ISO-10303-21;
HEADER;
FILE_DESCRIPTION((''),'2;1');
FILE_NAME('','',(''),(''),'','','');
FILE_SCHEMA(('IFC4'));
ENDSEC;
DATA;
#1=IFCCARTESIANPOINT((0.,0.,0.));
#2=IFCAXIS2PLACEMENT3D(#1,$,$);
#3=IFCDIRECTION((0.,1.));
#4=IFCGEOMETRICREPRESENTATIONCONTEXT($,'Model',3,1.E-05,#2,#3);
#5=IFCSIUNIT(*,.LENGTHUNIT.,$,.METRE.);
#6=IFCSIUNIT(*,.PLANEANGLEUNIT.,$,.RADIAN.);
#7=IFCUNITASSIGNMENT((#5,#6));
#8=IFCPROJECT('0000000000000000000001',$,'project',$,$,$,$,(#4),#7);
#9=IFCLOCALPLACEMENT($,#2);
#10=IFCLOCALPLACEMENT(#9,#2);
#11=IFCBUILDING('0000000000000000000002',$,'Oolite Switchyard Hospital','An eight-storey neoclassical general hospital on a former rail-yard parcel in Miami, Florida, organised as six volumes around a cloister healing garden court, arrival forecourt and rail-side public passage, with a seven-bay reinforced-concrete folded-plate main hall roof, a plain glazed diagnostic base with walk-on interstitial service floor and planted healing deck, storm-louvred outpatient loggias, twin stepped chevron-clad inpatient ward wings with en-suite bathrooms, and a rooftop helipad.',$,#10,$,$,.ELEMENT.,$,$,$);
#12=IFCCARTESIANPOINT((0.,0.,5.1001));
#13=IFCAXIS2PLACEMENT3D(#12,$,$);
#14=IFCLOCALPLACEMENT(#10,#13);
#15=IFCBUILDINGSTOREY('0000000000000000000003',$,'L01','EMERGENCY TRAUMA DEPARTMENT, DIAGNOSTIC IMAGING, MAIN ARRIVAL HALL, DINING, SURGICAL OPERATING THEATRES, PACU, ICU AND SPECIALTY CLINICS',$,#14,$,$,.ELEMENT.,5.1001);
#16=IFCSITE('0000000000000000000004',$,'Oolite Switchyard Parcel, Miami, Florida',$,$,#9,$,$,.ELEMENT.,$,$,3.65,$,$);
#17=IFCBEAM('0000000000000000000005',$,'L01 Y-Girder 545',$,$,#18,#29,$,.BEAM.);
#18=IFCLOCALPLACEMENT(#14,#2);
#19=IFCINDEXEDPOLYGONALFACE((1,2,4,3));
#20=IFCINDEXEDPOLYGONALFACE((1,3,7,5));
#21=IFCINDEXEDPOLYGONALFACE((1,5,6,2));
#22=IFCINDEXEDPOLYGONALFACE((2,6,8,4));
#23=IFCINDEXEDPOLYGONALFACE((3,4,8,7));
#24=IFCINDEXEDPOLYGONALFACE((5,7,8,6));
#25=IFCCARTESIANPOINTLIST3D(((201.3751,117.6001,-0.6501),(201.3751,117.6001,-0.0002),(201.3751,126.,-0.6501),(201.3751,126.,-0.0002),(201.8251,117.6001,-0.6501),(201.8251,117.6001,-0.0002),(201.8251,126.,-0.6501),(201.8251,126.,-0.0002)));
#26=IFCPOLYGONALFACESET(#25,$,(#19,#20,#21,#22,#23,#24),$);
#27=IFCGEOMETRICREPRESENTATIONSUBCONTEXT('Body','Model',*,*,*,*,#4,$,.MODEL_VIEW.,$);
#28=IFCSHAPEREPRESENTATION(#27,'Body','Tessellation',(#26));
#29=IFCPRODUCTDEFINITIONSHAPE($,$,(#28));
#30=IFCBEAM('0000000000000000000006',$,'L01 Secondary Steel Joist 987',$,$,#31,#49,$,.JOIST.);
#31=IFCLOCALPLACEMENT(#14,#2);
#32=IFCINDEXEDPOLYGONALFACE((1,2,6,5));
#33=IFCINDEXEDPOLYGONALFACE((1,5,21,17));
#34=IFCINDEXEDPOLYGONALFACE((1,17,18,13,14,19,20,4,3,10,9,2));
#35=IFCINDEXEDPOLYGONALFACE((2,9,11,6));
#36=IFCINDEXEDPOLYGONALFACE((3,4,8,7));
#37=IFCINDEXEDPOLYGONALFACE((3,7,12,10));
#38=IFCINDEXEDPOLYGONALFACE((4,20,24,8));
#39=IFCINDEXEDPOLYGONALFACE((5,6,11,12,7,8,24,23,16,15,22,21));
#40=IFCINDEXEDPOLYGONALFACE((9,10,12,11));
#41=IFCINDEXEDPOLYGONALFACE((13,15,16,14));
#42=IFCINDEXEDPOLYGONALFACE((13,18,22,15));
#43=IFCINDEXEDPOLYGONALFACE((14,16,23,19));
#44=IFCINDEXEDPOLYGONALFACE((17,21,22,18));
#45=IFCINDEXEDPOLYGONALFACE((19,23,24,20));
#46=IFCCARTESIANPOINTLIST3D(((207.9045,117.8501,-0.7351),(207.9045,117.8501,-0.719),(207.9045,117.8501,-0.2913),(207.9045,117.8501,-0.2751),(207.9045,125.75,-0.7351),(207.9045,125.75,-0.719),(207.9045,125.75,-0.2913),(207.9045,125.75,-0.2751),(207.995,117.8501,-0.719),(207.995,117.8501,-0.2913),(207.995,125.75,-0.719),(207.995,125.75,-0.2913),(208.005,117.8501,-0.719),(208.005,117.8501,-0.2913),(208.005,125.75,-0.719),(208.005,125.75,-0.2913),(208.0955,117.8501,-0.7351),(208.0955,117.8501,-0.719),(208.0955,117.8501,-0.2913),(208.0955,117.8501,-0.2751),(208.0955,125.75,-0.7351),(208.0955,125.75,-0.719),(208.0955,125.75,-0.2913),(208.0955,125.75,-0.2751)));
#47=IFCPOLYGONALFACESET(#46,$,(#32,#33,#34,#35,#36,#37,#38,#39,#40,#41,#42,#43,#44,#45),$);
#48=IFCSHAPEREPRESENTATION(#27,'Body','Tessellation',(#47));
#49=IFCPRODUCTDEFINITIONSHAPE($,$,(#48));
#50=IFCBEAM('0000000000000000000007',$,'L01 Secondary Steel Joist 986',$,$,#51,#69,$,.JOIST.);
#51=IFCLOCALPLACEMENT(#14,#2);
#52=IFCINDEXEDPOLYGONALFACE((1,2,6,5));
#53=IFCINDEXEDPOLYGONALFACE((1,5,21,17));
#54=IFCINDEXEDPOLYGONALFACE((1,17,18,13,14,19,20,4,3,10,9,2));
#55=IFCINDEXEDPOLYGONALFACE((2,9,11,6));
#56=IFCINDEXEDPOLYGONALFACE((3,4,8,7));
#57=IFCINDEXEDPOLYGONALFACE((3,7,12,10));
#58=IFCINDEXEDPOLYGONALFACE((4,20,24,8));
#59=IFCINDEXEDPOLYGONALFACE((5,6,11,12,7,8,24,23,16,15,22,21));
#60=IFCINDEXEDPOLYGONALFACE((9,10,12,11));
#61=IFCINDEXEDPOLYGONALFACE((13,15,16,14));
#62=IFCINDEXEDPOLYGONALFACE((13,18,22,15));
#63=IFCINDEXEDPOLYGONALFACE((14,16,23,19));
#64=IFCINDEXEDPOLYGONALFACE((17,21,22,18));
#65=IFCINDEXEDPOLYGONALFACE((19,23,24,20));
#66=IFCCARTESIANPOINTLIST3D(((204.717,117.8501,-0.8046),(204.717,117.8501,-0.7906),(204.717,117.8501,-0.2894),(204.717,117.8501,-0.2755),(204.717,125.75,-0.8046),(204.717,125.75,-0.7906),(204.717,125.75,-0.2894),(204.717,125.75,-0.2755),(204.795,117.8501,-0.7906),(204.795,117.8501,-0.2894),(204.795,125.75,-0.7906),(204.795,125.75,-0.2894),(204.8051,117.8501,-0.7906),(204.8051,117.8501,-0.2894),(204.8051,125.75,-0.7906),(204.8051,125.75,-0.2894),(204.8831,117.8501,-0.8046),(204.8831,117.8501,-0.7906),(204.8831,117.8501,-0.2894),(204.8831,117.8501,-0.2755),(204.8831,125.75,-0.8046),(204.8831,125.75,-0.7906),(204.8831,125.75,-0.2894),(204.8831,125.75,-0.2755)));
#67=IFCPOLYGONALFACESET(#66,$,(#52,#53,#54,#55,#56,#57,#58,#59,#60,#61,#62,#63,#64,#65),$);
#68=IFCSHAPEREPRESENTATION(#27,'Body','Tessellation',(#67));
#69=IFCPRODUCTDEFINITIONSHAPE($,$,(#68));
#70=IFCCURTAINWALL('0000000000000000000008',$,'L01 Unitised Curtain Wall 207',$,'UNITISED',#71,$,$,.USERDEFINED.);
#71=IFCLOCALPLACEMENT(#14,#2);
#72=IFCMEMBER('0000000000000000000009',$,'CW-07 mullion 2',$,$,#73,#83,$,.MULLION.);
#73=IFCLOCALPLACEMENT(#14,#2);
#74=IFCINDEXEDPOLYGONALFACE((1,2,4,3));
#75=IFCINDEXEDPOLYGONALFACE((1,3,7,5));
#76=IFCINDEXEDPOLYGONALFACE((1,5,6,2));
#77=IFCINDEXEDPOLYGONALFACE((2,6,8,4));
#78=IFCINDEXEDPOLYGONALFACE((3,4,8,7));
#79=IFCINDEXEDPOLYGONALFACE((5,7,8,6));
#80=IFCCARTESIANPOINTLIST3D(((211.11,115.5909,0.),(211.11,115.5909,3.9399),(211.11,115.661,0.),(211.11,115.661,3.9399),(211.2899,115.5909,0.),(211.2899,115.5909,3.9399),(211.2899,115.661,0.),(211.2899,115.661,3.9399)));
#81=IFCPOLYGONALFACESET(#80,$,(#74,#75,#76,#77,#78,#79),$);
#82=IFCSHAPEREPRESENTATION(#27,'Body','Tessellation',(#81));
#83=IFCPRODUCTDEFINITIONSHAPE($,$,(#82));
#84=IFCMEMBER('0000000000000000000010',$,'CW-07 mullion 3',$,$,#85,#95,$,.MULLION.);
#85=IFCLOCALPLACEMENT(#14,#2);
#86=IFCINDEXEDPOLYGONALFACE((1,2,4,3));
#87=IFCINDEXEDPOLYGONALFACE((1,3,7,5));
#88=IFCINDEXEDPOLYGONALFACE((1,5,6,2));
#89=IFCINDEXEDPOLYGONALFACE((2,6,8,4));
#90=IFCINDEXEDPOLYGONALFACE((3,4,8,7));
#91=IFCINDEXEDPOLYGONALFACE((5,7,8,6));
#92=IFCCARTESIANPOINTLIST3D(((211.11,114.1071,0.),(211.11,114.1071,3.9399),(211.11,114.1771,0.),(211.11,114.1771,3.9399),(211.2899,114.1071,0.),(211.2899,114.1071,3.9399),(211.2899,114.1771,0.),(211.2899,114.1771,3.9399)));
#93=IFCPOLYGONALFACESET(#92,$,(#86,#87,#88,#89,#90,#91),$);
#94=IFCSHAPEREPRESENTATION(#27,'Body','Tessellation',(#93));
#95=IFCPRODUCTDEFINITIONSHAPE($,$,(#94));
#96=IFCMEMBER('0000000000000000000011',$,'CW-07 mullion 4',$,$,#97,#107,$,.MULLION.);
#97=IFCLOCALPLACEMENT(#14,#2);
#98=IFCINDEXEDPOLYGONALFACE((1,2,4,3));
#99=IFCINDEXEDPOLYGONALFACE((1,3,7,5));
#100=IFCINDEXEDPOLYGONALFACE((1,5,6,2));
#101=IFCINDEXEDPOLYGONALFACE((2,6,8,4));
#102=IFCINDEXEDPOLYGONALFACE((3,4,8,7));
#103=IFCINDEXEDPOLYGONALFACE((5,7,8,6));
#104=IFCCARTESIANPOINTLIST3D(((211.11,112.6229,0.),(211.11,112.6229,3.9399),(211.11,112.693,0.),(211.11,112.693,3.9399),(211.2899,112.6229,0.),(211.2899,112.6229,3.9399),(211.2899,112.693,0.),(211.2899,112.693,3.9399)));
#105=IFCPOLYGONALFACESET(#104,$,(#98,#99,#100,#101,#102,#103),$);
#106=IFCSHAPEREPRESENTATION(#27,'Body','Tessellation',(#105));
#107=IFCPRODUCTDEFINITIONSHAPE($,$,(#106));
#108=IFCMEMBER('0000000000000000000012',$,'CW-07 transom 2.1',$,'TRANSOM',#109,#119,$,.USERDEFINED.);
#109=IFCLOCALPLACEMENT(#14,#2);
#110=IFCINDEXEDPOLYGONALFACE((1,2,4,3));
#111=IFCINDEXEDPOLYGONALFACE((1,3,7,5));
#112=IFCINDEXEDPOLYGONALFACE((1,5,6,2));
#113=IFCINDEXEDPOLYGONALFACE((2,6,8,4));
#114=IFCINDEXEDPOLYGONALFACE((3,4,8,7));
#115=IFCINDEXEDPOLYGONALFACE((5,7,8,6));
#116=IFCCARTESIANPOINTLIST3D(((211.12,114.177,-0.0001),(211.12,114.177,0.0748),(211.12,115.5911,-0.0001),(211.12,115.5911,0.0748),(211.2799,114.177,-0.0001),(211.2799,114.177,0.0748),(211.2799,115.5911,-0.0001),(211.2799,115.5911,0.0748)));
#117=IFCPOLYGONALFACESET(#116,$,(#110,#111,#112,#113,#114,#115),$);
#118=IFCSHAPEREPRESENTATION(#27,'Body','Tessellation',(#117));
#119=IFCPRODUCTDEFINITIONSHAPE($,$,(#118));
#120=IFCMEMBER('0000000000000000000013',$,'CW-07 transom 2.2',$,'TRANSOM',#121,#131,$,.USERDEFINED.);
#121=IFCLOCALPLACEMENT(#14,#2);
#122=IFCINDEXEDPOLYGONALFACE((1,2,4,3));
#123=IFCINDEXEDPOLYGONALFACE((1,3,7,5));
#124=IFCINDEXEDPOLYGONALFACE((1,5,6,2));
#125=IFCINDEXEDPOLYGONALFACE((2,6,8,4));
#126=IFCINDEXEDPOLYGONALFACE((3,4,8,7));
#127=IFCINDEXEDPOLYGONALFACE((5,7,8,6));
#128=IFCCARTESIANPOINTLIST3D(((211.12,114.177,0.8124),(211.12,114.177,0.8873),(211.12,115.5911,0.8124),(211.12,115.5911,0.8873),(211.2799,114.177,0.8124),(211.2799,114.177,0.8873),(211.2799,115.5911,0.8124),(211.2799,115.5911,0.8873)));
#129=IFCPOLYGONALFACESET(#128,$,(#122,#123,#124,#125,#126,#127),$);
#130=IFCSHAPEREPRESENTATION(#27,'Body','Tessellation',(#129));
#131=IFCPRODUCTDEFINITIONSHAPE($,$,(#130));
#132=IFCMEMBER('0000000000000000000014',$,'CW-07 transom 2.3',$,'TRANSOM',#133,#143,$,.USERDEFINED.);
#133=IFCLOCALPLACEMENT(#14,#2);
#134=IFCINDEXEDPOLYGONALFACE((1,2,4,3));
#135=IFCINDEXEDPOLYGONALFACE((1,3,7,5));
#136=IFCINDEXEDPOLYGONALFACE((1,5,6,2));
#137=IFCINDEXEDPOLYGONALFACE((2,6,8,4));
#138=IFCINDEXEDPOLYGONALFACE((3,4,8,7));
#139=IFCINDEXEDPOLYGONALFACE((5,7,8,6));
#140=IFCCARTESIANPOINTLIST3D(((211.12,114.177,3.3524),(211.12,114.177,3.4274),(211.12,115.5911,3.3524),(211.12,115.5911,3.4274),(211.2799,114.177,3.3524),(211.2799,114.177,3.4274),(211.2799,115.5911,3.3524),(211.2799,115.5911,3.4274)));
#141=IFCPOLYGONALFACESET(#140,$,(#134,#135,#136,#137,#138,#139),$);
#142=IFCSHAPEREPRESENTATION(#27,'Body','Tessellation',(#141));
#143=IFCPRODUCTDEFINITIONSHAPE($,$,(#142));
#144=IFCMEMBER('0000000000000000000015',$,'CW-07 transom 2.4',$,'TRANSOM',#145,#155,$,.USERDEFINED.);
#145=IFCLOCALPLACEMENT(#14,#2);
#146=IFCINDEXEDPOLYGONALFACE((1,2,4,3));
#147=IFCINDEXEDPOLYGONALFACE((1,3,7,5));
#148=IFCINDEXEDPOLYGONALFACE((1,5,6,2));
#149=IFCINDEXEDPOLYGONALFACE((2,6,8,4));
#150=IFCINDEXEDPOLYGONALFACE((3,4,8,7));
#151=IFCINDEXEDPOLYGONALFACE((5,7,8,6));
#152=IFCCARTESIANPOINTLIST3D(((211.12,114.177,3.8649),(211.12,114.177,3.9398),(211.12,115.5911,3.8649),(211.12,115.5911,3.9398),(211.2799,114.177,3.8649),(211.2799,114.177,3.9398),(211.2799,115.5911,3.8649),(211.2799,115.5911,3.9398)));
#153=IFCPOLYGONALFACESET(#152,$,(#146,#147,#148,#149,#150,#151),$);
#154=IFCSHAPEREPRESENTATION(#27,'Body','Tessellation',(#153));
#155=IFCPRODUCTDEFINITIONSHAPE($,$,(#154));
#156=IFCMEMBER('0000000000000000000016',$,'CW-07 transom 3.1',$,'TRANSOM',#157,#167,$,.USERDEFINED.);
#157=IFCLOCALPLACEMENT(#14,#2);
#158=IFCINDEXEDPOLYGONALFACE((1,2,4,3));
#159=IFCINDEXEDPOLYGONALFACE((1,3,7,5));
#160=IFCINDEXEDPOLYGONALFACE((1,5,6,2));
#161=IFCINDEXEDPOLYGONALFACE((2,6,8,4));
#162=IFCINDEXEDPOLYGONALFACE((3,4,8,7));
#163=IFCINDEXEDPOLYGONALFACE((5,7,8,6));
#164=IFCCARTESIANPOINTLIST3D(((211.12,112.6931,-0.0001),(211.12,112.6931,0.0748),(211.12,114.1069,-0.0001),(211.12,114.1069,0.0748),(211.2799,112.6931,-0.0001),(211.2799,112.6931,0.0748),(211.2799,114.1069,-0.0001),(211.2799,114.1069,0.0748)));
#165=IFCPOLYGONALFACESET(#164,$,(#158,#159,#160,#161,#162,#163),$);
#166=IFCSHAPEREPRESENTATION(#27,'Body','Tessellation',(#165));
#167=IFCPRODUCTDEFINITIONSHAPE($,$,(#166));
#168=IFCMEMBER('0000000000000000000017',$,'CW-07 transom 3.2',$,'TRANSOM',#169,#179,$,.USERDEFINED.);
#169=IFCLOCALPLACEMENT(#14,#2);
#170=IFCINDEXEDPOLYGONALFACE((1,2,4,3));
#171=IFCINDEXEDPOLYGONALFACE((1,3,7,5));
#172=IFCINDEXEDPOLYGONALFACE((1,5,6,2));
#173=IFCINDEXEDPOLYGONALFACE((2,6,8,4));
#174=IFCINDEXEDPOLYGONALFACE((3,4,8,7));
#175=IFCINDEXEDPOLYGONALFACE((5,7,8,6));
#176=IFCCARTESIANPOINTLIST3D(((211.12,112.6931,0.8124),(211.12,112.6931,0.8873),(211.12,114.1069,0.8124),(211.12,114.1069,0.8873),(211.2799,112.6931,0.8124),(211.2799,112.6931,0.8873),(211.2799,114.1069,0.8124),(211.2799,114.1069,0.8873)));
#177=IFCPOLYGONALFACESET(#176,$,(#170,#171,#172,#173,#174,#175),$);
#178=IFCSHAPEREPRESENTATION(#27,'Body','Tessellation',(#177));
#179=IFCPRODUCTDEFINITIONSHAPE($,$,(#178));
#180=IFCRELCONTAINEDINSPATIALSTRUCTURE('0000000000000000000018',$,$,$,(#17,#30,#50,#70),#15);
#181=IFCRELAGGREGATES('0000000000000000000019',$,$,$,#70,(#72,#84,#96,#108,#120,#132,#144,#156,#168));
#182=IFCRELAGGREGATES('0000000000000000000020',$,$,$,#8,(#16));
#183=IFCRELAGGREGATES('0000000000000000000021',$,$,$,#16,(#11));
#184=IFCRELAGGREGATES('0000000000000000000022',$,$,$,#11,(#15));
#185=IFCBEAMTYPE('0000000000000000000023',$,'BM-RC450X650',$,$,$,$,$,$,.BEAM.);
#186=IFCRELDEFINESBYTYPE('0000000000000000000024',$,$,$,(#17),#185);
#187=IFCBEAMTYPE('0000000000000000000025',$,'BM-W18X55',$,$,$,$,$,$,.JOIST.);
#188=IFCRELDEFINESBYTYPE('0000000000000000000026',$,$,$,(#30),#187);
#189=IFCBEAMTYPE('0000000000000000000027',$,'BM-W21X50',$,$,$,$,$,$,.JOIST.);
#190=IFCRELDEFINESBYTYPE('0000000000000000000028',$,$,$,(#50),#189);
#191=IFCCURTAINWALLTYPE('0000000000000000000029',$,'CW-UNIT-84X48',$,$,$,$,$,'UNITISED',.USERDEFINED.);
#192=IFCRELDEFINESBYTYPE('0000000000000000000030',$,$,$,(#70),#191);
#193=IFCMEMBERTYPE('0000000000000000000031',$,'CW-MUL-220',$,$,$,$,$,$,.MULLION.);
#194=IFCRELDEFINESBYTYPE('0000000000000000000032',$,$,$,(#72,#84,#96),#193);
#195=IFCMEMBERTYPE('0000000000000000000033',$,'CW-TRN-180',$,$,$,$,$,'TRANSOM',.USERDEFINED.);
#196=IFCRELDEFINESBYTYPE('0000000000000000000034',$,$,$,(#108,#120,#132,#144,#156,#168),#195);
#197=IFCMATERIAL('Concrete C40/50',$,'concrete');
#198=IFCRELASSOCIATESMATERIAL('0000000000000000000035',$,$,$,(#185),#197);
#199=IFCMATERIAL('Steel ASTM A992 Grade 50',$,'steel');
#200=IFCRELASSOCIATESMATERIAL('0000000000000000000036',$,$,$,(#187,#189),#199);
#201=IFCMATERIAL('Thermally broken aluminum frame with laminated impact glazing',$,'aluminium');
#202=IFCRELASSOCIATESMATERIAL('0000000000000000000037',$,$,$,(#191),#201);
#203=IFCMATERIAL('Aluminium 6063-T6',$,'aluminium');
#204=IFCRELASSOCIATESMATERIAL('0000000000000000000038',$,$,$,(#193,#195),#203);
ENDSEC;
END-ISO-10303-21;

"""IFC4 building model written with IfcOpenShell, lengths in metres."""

from ifc_helpers import new_model, si_unit, direction, frame, origin, origin_2d, place, context, subcontext, project, spatial, rectangle, i_section, extrude, material, material_profile, profile_set, type_object, element, aggregate, save


model = new_model("IFC4")

# Units and contexts
model_context = context("Model", 3, precision=1e-05, world=origin(), true_north=direction((0.0, 1.0)))
body_context = subcontext(model_context, "Body", "Model", "MODEL_VIEW")
ifc_project = project(units=[si_unit("LENGTHUNIT", "METRE"), si_unit("PLANEANGLEUNIT", "RADIAN")], contexts=[model_context])

# Site, building, storey
site_placement = place(None, origin())
site = spatial("IfcSite", under=ifc_project, at=site_placement, Name="Oolite Switchyard Parcel, Miami, Florida", CompositionType="ELEMENT", RefElevation=3.65)
building_placement = place(site_placement, origin())
building = spatial("IfcBuilding", under=site, at=building_placement, Name="Oolite Switchyard Hospital", Description="An eight-storey neoclassical general hospital on a former rail-yard parcel in Miami, Florida, organised as six volumes around a cloister healing garden court, arrival forecourt and rail-side public passage, with a seven-bay reinforced-concrete folded-plate main hall roof, a plain glazed diagnostic base with walk-on interstitial service floor and planted healing deck, storm-louvred outpatient loggias, twin stepped chevron-clad inpatient ward wings with en-suite bathrooms, and a rooftop helipad.", CompositionType="ELEMENT")
storey_placement = place(building_placement, frame((0.0, 0.0, 5.1001)))
storey = spatial("IfcBuildingStorey", under=building, at=storey_placement, Name="L01", Description="EMERGENCY TRAUMA DEPARTMENT, DIAGNOSTIC IMAGING, MAIN ARRIVAL HALL, DINING, SURGICAL OPERATING THEATRES, PACU, ICU AND SPECIALTY CLINICS", CompositionType="ELEMENT", Elevation=5.1001)

# Beams
ifc_material_1 = material(Name="Concrete C40/50", Category="concrete")
ifc_material_profile_1 = material_profile(ifc_material_1, rectangle(XDim=0.45, YDim=0.6499, at=origin_2d()), Name="RCB450X650")
ifc_profile_set_1 = profile_set([ifc_material_profile_1], Name="Concrete C40/50")
beam_type_1 = type_object("IfcBeamType", Name="BM-RC450X650", PredefinedType="BEAM", material=ifc_profile_set_1)
beam_1_placement = place(storey_placement, frame((201.6001, 117.6001, -0.3252), z_axis=(0.0, 1.0, 0.0), x_axis=(-1.0, 0.0, 0.0)))
element("IfcBeam", 1, at=beam_1_placement, inside=storey, type_object=beam_type_1, Name="L01 Y-Girder 545", PredefinedType="BEAM", context=body_context, shape_type="SweptSolid", body=[
    extrude(rectangle(XDim=0.45, YDim=0.6499, at=origin_2d()), origin(), (0.0, 0.0, 1.0), 8.3999),
])
ifc_material_2 = material(Name="Steel ASTM A992 Grade 50", Category="steel")
ifc_material_profile_2 = material_profile(ifc_material_2, i_section(OverallWidth=0.1909, OverallDepth=0.46, WebThickness=0.01, FlangeThickness=0.0161, at=origin_2d()), Name="W18X55")
ifc_profile_set_2 = profile_set([ifc_material_profile_2], Name="Steel ASTM A992 Grade 50")
beam_type_2 = type_object("IfcBeamType", Name="BM-W18X55", PredefinedType="JOIST", material=ifc_profile_set_2)
beam_2_placement = place(storey_placement, frame((208.0, 117.8501, -0.5051), z_axis=(0.0, 1.0, 0.0), x_axis=(-1.0, 0.0, 0.0)))
element("IfcBeam", 2, at=beam_2_placement, inside=storey, type_object=beam_type_2, Name="L01 Secondary Steel Joist 987", PredefinedType="JOIST", context=body_context, shape_type="SweptSolid", body=[
    extrude(i_section(OverallWidth=0.1909, OverallDepth=0.46, WebThickness=0.01, FlangeThickness=0.0161, at=origin_2d()), origin(), (0.0, 0.0, 1.0), 7.8999),
])
ifc_material_profile_3 = material_profile(ifc_material_2, i_section(OverallWidth=0.166, OverallDepth=0.5291, WebThickness=0.01, FlangeThickness=0.0139, at=origin_2d()), Name="W21X50")
ifc_profile_set_3 = profile_set([ifc_material_profile_3], Name="Steel ASTM A992 Grade 50")
beam_type_3 = type_object("IfcBeamType", Name="BM-W21X50", PredefinedType="JOIST", material=ifc_profile_set_3)
beam_3_placement = place(storey_placement, frame((204.8, 117.8501, -0.54), z_axis=(0.0, 1.0, 0.0), x_axis=(-1.0, 0.0, 0.0)))
element("IfcBeam", 3, at=beam_3_placement, inside=storey, type_object=beam_type_3, Name="L01 Secondary Steel Joist 986", PredefinedType="JOIST", context=body_context, shape_type="SweptSolid", body=[
    extrude(i_section(OverallWidth=0.166, OverallDepth=0.5291, WebThickness=0.01, FlangeThickness=0.0139, at=origin_2d()), origin(), (0.0, 0.0, 1.0), 7.8999),
])

# Curtain wall, members
ifc_material_3 = material(Name="Thermally broken aluminum frame with laminated impact glazing", Category="aluminium")
curtain_wall_type = type_object("IfcCurtainWallType", Name="CW-UNIT-84X48", ElementType="UNITISED", PredefinedType="USERDEFINED", material=ifc_material_3)
curtain_wall_placement = place(storey_placement, origin())
curtain_wall = element("IfcCurtainWall", 4, at=curtain_wall_placement, inside=storey, type_object=curtain_wall_type, Name="L01 Unitised Curtain Wall 207", ObjectType="UNITISED", PredefinedType="USERDEFINED")
ifc_material_4 = material(Name="Aluminium 6063-T6", Category="aluminium")
ifc_material_profile_4 = material_profile(ifc_material_4, rectangle(XDim=0.1799, YDim=0.0701, at=origin_2d()), Name="CWM70X180")
ifc_profile_set_4 = profile_set([ifc_material_profile_4], Name="Aluminium 6063-T6")
member_type_1 = type_object("IfcMemberType", Name="CW-MUL-220", PredefinedType="MULLION", material=ifc_profile_set_4)
member_1_placement = place(storey_placement, frame((211.2, 115.626, 0.0), z_axis=(0.0, 0.0, 1.0), x_axis=(1.0, 0.0, 0.0)))
member_1 = element("IfcMember", 5, at=member_1_placement, type_object=member_type_1, Name="CW-07 mullion 2", PredefinedType="MULLION", context=body_context, shape_type="SweptSolid", body=[
    extrude(rectangle(XDim=0.1799, YDim=0.0701, at=origin_2d()), origin(), (0.0, 0.0, 1.0), 3.9399),
])
member_2_placement = place(storey_placement, frame((211.2, 114.1421, 0.0), z_axis=(0.0, 0.0, 1.0), x_axis=(1.0, 0.0, 0.0)))
member_2 = element("IfcMember", 6, at=member_2_placement, type_object=member_type_1, Name="CW-07 mullion 3", PredefinedType="MULLION", context=body_context, shape_type="SweptSolid", body=[
    extrude(rectangle(XDim=0.1799, YDim=0.0701, at=origin_2d()), origin(), (0.0, 0.0, 1.0), 3.9399),
])
member_3_placement = place(storey_placement, frame((211.2, 112.658, 0.0), z_axis=(0.0, 0.0, 1.0), x_axis=(1.0, 0.0, 0.0)))
member_3 = element("IfcMember", 7, at=member_3_placement, type_object=member_type_1, Name="CW-07 mullion 4", PredefinedType="MULLION", context=body_context, shape_type="SweptSolid", body=[
    extrude(rectangle(XDim=0.1799, YDim=0.0701, at=origin_2d()), origin(), (0.0, 0.0, 1.0), 3.9399),
])
ifc_material_profile_5 = material_profile(ifc_material_4, rectangle(XDim=0.1599, YDim=0.075, at=origin_2d()), Name="CWT75X160")
ifc_profile_set_5 = profile_set([ifc_material_profile_5], Name="Aluminium 6063-T6")
member_type_2 = type_object("IfcMemberType", Name="CW-TRN-180", ElementType="TRANSOM", PredefinedType="USERDEFINED", material=ifc_profile_set_5)
member_4_placement = place(storey_placement, frame((211.2, 115.5911, 0.0374), z_axis=(0.0, -1.0, 0.0), x_axis=(1.0, 0.0, 0.0)))
member_4 = element("IfcMember", 8, at=member_4_placement, type_object=member_type_2, Name="CW-07 transom 2.1", ObjectType="TRANSOM", PredefinedType="USERDEFINED", context=body_context, shape_type="SweptSolid", body=[
    extrude(rectangle(XDim=0.1599, YDim=0.075, at=origin_2d()), origin(), (0.0, 0.0, 1.0), 1.4141),
])
member_5_placement = place(storey_placement, frame((211.2, 115.5911, 0.8499), z_axis=(0.0, -1.0, 0.0), x_axis=(1.0, 0.0, 0.0)))
member_5 = element("IfcMember", 9, at=member_5_placement, type_object=member_type_2, Name="CW-07 transom 2.2", ObjectType="TRANSOM", PredefinedType="USERDEFINED", context=body_context, shape_type="SweptSolid", body=[
    extrude(rectangle(XDim=0.1599, YDim=0.075, at=origin_2d()), origin(), (0.0, 0.0, 1.0), 1.4141),
])
member_6_placement = place(storey_placement, frame((211.2, 115.5911, 3.3899), z_axis=(0.0, -1.0, 0.0), x_axis=(1.0, 0.0, 0.0)))
member_6 = element("IfcMember", 10, at=member_6_placement, type_object=member_type_2, Name="CW-07 transom 2.3", ObjectType="TRANSOM", PredefinedType="USERDEFINED", context=body_context, shape_type="SweptSolid", body=[
    extrude(rectangle(XDim=0.1599, YDim=0.075, at=origin_2d()), origin(), (0.0, 0.0, 1.0), 1.4141),
])
member_7_placement = place(storey_placement, frame((211.2, 115.5911, 3.9023), z_axis=(0.0, -1.0, 0.0), x_axis=(1.0, 0.0, 0.0)))
member_7 = element("IfcMember", 11, at=member_7_placement, type_object=member_type_2, Name="CW-07 transom 2.4", ObjectType="TRANSOM", PredefinedType="USERDEFINED", context=body_context, shape_type="SweptSolid", body=[
    extrude(rectangle(XDim=0.1599, YDim=0.075, at=origin_2d()), origin(), (0.0, 0.0, 1.0), 1.4141),
])
member_8_placement = place(storey_placement, frame((211.2, 114.1069, 0.0374), z_axis=(0.0, -1.0, 0.0), x_axis=(1.0, 0.0, 0.0)))
member_8 = element("IfcMember", 12, at=member_8_placement, type_object=member_type_2, Name="CW-07 transom 3.1", ObjectType="TRANSOM", PredefinedType="USERDEFINED", context=body_context, shape_type="SweptSolid", body=[
    extrude(rectangle(XDim=0.1599, YDim=0.075, at=origin_2d()), origin(), (0.0, 0.0, 1.0), 1.4138),
])
member_9_placement = place(storey_placement, frame((211.2, 114.1069, 0.8499), z_axis=(0.0, -1.0, 0.0), x_axis=(1.0, 0.0, 0.0)))
member_9 = element("IfcMember", 13, at=member_9_placement, type_object=member_type_2, Name="CW-07 transom 3.2", ObjectType="TRANSOM", PredefinedType="USERDEFINED", context=body_context, shape_type="SweptSolid", body=[
    extrude(rectangle(XDim=0.1599, YDim=0.075, at=origin_2d()), origin(), (0.0, 0.0, 1.0), 1.4138),
])
aggregate(curtain_wall, [member_1, member_2, member_3, member_4, member_5, member_6, member_7, member_8, member_9])

save(model, "model.ifc")
